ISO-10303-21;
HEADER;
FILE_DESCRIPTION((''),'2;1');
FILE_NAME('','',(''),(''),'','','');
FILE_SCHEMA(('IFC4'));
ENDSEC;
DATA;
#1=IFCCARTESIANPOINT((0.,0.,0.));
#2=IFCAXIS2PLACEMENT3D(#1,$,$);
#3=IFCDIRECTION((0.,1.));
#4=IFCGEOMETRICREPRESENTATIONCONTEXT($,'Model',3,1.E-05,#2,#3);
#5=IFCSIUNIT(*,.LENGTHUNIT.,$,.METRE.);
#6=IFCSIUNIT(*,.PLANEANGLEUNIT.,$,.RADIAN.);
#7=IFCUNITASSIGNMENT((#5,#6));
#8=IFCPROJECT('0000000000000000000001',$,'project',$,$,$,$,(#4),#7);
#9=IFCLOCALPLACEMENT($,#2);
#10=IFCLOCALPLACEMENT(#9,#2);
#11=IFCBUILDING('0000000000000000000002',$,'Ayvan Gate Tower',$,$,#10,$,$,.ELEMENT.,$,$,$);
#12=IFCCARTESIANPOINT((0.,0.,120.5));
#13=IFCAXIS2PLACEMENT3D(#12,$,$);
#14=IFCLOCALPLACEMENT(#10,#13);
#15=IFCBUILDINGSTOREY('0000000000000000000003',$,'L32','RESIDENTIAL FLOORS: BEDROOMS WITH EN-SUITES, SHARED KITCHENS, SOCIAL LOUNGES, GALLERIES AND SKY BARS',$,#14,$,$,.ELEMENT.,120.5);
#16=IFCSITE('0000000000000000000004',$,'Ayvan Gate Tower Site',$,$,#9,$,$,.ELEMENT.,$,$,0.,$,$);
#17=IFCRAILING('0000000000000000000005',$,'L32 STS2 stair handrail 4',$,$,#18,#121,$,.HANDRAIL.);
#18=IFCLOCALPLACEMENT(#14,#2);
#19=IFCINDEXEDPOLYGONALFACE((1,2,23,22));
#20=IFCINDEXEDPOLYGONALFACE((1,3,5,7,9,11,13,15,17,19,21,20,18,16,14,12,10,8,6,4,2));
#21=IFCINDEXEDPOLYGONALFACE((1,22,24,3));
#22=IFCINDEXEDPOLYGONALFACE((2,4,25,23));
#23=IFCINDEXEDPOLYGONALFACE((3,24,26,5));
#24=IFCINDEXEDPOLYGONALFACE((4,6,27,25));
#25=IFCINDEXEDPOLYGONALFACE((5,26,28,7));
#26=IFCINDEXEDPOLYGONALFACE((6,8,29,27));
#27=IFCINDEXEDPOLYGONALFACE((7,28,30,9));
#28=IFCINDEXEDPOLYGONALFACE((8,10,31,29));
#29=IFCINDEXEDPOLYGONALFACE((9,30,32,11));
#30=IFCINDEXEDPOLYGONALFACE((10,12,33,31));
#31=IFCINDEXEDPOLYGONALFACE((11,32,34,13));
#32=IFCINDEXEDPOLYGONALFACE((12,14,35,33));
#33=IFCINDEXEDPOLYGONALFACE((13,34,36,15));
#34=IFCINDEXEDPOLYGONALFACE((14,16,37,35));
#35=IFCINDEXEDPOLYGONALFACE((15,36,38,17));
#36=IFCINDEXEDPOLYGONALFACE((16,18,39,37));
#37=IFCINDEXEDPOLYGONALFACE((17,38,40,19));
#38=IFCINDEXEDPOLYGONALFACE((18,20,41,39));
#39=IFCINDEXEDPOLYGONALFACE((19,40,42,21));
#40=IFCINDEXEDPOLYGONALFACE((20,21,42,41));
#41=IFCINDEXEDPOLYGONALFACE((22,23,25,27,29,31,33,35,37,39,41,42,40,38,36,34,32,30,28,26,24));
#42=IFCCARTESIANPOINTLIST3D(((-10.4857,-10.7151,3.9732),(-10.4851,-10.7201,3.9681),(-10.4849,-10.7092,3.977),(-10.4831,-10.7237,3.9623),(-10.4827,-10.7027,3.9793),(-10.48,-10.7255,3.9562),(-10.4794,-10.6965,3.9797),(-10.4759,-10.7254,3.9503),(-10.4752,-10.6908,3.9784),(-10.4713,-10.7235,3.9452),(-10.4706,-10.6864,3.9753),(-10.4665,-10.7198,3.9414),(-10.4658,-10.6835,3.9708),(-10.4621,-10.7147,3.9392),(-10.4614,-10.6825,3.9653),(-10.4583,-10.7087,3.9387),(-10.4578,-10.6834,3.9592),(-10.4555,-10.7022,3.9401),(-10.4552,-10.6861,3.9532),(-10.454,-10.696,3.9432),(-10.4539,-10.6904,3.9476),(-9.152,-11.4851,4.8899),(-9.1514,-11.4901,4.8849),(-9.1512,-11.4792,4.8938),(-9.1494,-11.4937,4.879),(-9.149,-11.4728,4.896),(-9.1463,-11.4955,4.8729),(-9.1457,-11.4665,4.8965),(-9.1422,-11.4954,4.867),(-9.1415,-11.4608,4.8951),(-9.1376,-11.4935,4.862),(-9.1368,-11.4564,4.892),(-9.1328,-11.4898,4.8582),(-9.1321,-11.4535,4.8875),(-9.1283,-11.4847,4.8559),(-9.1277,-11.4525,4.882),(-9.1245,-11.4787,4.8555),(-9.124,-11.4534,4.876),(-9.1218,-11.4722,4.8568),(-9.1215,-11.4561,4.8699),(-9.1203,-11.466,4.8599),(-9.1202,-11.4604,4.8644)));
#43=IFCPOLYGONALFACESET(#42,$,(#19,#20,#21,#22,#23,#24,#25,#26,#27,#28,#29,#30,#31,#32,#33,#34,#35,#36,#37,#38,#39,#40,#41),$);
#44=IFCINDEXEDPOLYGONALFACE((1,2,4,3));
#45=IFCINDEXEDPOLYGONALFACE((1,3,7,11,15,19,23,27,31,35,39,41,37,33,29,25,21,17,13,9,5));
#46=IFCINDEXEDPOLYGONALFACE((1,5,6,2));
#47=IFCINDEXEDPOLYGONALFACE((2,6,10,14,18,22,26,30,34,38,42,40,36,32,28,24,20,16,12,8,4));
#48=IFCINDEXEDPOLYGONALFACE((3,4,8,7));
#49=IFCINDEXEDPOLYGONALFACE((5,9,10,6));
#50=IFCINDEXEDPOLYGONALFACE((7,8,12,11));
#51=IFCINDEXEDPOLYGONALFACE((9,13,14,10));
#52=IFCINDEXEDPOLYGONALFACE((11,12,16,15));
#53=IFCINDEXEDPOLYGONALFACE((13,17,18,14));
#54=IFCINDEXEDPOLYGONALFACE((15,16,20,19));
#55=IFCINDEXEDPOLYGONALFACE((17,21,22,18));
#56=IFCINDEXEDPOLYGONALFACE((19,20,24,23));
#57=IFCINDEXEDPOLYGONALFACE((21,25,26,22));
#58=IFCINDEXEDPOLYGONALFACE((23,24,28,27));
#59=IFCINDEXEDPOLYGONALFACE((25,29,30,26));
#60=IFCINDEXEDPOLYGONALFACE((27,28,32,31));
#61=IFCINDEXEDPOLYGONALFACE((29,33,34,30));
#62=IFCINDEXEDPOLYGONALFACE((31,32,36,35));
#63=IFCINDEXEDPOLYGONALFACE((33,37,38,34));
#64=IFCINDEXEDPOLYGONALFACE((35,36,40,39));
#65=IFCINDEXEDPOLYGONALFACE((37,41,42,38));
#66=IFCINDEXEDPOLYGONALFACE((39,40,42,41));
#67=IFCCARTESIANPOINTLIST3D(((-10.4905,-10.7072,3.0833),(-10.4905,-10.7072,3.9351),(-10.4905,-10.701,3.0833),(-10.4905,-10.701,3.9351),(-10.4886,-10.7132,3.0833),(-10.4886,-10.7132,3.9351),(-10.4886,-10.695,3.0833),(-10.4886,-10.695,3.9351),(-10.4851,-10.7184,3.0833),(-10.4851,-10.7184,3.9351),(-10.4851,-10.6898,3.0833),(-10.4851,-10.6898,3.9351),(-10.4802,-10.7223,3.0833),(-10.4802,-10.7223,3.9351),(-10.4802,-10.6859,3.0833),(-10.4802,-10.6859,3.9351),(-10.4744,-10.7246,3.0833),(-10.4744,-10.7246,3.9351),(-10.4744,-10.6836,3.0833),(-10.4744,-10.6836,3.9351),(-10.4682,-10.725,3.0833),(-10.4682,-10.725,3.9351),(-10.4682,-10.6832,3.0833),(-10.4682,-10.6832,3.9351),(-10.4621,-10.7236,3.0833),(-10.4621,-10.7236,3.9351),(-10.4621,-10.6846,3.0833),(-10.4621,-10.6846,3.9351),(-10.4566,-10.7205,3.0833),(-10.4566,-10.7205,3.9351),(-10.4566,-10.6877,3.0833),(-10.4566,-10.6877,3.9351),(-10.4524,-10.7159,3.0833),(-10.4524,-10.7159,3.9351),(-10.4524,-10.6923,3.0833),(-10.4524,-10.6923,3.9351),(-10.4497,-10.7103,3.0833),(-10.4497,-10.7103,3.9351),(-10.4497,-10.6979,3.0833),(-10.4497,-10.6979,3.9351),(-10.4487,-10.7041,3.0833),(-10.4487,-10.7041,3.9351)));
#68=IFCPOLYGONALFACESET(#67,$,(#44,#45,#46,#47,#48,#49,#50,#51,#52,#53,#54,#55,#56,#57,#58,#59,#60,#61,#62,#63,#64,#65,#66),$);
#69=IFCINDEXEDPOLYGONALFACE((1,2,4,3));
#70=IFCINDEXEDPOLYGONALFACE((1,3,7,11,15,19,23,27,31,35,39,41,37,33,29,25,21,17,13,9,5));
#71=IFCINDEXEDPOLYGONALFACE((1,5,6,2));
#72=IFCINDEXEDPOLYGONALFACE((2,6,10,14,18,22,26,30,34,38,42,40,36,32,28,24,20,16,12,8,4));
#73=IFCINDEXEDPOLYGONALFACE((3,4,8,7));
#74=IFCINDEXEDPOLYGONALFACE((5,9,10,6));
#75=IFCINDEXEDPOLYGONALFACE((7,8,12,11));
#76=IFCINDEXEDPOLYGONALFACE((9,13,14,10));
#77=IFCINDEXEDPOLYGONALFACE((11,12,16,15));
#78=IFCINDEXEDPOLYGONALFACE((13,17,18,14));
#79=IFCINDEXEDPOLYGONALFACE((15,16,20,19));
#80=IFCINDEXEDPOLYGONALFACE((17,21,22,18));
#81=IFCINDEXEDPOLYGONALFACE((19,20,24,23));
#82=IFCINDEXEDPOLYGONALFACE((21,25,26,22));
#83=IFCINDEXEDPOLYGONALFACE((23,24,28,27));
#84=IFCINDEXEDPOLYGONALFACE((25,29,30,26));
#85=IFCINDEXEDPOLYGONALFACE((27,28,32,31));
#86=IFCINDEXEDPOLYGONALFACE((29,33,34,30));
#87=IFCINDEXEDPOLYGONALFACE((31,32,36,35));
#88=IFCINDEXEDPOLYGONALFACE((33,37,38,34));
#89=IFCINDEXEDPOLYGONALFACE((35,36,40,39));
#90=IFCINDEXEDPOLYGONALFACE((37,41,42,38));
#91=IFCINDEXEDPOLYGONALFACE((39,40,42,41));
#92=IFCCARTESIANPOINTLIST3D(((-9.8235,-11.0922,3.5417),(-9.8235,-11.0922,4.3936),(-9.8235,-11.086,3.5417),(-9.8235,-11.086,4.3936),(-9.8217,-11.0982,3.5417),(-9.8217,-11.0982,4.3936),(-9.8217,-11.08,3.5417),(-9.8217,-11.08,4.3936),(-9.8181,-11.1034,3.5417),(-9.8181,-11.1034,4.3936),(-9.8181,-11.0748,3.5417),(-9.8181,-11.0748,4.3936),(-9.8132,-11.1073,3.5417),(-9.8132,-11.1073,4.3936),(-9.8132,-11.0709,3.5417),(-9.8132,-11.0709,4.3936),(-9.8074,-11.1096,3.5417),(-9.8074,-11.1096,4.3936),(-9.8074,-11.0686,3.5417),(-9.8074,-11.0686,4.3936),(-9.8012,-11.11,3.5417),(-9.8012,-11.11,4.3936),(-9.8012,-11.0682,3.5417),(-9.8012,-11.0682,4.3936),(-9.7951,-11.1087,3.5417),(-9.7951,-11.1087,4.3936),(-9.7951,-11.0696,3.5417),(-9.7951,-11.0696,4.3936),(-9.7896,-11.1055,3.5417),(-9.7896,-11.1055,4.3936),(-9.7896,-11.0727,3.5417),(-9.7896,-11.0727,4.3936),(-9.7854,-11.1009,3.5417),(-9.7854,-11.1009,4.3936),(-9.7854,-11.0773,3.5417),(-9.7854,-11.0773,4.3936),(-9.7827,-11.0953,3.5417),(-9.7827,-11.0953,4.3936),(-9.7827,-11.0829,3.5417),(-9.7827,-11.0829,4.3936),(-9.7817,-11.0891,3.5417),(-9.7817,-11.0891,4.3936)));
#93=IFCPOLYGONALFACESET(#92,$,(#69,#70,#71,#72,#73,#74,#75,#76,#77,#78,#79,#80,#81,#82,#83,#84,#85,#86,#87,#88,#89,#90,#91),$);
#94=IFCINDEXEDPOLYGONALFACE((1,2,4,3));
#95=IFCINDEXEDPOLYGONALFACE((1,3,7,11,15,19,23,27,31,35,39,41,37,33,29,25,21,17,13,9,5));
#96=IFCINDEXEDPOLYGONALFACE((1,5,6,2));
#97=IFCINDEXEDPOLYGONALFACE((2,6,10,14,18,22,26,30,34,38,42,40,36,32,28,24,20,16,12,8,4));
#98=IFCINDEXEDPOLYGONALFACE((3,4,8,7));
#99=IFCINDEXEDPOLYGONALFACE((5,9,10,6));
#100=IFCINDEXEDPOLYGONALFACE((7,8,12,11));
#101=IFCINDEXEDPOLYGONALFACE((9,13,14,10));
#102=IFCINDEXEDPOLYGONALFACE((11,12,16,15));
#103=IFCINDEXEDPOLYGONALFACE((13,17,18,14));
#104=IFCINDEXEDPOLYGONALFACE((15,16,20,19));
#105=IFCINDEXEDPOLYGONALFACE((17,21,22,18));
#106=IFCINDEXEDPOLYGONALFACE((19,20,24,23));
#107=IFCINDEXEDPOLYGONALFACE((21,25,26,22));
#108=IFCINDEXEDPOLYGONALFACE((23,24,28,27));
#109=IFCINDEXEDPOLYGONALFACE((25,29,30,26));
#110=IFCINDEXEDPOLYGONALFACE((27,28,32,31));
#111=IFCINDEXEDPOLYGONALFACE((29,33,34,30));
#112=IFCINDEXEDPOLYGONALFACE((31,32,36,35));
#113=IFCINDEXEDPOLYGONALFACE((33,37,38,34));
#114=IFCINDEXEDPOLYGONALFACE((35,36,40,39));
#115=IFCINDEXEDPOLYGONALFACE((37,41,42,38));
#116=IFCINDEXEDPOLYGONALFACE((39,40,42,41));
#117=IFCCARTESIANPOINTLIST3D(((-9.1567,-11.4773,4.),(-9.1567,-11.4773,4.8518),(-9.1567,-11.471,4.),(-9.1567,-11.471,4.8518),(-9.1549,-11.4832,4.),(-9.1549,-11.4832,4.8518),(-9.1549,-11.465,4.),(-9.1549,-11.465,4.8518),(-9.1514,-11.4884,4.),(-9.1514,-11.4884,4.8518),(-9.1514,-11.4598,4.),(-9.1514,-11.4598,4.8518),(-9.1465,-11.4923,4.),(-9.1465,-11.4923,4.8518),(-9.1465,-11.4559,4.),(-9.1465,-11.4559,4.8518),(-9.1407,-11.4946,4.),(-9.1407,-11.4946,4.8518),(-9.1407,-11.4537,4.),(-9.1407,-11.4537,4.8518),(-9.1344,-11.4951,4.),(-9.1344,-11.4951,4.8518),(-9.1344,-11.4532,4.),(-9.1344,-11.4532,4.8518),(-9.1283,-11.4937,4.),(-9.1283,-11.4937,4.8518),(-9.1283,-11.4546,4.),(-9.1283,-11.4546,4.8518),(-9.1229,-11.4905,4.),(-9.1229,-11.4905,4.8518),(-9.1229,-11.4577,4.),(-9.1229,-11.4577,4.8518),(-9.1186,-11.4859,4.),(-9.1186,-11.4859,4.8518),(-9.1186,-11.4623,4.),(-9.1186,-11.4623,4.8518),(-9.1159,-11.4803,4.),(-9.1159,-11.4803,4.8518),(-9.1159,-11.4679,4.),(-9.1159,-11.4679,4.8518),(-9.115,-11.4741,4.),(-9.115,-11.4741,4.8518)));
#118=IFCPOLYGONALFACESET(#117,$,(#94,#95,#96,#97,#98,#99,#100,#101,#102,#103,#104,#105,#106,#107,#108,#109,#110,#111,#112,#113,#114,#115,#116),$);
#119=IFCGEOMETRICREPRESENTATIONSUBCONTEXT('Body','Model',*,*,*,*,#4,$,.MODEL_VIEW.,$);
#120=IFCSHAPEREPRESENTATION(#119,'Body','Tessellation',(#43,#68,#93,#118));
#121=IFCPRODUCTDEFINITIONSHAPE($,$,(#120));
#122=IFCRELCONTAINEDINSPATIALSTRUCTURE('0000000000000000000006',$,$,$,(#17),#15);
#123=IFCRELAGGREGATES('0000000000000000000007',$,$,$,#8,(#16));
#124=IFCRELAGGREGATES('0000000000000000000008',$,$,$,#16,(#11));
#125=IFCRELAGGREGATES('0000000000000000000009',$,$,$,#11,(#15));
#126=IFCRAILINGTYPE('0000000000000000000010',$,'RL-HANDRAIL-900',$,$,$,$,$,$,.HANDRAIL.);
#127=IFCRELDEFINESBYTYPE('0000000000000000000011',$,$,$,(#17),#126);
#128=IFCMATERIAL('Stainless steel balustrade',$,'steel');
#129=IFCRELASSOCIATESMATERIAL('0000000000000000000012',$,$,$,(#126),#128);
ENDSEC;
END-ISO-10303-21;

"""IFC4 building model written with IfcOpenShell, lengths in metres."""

from ifc_helpers import new_model, si_unit, direction, frame, origin, origin_2d, place, context, subcontext, project, spatial, circle, extrude, material, type_object, element, save


model = new_model("IFC4")

# Units and contexts
model_context = context("Model", 3, precision=1e-05, world=origin(), true_north=direction((0.0, 1.0)))
body_context = subcontext(model_context, "Body", "Model", "MODEL_VIEW")
ifc_project = project(units=[si_unit("LENGTHUNIT", "METRE"), si_unit("PLANEANGLEUNIT", "RADIAN")], contexts=[model_context])

# Site, building, storey
site_placement = place(None, origin())
site = spatial("IfcSite", under=ifc_project, at=site_placement, Name="Ayvan Gate Tower Site", CompositionType="ELEMENT", RefElevation=0.0)
building_placement = place(site_placement, origin())
building = spatial("IfcBuilding", under=site, at=building_placement, Name="Ayvan Gate Tower", CompositionType="ELEMENT")
storey_placement = place(building_placement, frame((0.0, 0.0, 120.5)))
storey = spatial("IfcBuildingStorey", under=building, at=storey_placement, Name="L32", Description="RESIDENTIAL FLOORS: BEDROOMS WITH EN-SUITES, SHARED KITCHENS, SOCIAL LOUNGES, GALLERIES AND SKY BARS", CompositionType="ELEMENT", Elevation=120.5)

# Railing
ifc_material_1 = material(Name="Stainless steel balustrade", Category="steel")
railing_type = type_object("IfcRailingType", Name="RL-HANDRAIL-900", PredefinedType="HANDRAIL", material=ifc_material_1)
railing_placement = place(storey_placement, frame((-10.4697, -10.7041, 3.0833)))
element("IfcRailing", 1, at=railing_placement, inside=storey, type_object=railing_type, Name="L32 STS2 stair handrail 4", PredefinedType="HANDRAIL", context=body_context, shape_type="SweptSolid", body=[
    extrude(circle(Radius=0.0239, at=origin_2d()), frame((0.0, 0.0, 0.876), z_axis=(0.744164, -0.429634, 0.511502), x_axis=(0.499992, 0.86603, 0.0)), (0.0, 0.0, 1.0), 1.7922),
    extrude(circle(Radius=0.021, at=origin_2d()), origin(), (0.0, 0.0, 1.0), 0.8518),
    extrude(circle(Radius=0.021, at=origin_2d()), frame((0.667, -0.385, 0.4585)), (0.0, 0.0, 1.0), 0.8518),
    extrude(circle(Radius=0.021, at=origin_2d()), frame((1.3337, -0.77, 0.9167)), (0.0, 0.0, 1.0), 0.8518),
])

save(model, "model.ifc")
